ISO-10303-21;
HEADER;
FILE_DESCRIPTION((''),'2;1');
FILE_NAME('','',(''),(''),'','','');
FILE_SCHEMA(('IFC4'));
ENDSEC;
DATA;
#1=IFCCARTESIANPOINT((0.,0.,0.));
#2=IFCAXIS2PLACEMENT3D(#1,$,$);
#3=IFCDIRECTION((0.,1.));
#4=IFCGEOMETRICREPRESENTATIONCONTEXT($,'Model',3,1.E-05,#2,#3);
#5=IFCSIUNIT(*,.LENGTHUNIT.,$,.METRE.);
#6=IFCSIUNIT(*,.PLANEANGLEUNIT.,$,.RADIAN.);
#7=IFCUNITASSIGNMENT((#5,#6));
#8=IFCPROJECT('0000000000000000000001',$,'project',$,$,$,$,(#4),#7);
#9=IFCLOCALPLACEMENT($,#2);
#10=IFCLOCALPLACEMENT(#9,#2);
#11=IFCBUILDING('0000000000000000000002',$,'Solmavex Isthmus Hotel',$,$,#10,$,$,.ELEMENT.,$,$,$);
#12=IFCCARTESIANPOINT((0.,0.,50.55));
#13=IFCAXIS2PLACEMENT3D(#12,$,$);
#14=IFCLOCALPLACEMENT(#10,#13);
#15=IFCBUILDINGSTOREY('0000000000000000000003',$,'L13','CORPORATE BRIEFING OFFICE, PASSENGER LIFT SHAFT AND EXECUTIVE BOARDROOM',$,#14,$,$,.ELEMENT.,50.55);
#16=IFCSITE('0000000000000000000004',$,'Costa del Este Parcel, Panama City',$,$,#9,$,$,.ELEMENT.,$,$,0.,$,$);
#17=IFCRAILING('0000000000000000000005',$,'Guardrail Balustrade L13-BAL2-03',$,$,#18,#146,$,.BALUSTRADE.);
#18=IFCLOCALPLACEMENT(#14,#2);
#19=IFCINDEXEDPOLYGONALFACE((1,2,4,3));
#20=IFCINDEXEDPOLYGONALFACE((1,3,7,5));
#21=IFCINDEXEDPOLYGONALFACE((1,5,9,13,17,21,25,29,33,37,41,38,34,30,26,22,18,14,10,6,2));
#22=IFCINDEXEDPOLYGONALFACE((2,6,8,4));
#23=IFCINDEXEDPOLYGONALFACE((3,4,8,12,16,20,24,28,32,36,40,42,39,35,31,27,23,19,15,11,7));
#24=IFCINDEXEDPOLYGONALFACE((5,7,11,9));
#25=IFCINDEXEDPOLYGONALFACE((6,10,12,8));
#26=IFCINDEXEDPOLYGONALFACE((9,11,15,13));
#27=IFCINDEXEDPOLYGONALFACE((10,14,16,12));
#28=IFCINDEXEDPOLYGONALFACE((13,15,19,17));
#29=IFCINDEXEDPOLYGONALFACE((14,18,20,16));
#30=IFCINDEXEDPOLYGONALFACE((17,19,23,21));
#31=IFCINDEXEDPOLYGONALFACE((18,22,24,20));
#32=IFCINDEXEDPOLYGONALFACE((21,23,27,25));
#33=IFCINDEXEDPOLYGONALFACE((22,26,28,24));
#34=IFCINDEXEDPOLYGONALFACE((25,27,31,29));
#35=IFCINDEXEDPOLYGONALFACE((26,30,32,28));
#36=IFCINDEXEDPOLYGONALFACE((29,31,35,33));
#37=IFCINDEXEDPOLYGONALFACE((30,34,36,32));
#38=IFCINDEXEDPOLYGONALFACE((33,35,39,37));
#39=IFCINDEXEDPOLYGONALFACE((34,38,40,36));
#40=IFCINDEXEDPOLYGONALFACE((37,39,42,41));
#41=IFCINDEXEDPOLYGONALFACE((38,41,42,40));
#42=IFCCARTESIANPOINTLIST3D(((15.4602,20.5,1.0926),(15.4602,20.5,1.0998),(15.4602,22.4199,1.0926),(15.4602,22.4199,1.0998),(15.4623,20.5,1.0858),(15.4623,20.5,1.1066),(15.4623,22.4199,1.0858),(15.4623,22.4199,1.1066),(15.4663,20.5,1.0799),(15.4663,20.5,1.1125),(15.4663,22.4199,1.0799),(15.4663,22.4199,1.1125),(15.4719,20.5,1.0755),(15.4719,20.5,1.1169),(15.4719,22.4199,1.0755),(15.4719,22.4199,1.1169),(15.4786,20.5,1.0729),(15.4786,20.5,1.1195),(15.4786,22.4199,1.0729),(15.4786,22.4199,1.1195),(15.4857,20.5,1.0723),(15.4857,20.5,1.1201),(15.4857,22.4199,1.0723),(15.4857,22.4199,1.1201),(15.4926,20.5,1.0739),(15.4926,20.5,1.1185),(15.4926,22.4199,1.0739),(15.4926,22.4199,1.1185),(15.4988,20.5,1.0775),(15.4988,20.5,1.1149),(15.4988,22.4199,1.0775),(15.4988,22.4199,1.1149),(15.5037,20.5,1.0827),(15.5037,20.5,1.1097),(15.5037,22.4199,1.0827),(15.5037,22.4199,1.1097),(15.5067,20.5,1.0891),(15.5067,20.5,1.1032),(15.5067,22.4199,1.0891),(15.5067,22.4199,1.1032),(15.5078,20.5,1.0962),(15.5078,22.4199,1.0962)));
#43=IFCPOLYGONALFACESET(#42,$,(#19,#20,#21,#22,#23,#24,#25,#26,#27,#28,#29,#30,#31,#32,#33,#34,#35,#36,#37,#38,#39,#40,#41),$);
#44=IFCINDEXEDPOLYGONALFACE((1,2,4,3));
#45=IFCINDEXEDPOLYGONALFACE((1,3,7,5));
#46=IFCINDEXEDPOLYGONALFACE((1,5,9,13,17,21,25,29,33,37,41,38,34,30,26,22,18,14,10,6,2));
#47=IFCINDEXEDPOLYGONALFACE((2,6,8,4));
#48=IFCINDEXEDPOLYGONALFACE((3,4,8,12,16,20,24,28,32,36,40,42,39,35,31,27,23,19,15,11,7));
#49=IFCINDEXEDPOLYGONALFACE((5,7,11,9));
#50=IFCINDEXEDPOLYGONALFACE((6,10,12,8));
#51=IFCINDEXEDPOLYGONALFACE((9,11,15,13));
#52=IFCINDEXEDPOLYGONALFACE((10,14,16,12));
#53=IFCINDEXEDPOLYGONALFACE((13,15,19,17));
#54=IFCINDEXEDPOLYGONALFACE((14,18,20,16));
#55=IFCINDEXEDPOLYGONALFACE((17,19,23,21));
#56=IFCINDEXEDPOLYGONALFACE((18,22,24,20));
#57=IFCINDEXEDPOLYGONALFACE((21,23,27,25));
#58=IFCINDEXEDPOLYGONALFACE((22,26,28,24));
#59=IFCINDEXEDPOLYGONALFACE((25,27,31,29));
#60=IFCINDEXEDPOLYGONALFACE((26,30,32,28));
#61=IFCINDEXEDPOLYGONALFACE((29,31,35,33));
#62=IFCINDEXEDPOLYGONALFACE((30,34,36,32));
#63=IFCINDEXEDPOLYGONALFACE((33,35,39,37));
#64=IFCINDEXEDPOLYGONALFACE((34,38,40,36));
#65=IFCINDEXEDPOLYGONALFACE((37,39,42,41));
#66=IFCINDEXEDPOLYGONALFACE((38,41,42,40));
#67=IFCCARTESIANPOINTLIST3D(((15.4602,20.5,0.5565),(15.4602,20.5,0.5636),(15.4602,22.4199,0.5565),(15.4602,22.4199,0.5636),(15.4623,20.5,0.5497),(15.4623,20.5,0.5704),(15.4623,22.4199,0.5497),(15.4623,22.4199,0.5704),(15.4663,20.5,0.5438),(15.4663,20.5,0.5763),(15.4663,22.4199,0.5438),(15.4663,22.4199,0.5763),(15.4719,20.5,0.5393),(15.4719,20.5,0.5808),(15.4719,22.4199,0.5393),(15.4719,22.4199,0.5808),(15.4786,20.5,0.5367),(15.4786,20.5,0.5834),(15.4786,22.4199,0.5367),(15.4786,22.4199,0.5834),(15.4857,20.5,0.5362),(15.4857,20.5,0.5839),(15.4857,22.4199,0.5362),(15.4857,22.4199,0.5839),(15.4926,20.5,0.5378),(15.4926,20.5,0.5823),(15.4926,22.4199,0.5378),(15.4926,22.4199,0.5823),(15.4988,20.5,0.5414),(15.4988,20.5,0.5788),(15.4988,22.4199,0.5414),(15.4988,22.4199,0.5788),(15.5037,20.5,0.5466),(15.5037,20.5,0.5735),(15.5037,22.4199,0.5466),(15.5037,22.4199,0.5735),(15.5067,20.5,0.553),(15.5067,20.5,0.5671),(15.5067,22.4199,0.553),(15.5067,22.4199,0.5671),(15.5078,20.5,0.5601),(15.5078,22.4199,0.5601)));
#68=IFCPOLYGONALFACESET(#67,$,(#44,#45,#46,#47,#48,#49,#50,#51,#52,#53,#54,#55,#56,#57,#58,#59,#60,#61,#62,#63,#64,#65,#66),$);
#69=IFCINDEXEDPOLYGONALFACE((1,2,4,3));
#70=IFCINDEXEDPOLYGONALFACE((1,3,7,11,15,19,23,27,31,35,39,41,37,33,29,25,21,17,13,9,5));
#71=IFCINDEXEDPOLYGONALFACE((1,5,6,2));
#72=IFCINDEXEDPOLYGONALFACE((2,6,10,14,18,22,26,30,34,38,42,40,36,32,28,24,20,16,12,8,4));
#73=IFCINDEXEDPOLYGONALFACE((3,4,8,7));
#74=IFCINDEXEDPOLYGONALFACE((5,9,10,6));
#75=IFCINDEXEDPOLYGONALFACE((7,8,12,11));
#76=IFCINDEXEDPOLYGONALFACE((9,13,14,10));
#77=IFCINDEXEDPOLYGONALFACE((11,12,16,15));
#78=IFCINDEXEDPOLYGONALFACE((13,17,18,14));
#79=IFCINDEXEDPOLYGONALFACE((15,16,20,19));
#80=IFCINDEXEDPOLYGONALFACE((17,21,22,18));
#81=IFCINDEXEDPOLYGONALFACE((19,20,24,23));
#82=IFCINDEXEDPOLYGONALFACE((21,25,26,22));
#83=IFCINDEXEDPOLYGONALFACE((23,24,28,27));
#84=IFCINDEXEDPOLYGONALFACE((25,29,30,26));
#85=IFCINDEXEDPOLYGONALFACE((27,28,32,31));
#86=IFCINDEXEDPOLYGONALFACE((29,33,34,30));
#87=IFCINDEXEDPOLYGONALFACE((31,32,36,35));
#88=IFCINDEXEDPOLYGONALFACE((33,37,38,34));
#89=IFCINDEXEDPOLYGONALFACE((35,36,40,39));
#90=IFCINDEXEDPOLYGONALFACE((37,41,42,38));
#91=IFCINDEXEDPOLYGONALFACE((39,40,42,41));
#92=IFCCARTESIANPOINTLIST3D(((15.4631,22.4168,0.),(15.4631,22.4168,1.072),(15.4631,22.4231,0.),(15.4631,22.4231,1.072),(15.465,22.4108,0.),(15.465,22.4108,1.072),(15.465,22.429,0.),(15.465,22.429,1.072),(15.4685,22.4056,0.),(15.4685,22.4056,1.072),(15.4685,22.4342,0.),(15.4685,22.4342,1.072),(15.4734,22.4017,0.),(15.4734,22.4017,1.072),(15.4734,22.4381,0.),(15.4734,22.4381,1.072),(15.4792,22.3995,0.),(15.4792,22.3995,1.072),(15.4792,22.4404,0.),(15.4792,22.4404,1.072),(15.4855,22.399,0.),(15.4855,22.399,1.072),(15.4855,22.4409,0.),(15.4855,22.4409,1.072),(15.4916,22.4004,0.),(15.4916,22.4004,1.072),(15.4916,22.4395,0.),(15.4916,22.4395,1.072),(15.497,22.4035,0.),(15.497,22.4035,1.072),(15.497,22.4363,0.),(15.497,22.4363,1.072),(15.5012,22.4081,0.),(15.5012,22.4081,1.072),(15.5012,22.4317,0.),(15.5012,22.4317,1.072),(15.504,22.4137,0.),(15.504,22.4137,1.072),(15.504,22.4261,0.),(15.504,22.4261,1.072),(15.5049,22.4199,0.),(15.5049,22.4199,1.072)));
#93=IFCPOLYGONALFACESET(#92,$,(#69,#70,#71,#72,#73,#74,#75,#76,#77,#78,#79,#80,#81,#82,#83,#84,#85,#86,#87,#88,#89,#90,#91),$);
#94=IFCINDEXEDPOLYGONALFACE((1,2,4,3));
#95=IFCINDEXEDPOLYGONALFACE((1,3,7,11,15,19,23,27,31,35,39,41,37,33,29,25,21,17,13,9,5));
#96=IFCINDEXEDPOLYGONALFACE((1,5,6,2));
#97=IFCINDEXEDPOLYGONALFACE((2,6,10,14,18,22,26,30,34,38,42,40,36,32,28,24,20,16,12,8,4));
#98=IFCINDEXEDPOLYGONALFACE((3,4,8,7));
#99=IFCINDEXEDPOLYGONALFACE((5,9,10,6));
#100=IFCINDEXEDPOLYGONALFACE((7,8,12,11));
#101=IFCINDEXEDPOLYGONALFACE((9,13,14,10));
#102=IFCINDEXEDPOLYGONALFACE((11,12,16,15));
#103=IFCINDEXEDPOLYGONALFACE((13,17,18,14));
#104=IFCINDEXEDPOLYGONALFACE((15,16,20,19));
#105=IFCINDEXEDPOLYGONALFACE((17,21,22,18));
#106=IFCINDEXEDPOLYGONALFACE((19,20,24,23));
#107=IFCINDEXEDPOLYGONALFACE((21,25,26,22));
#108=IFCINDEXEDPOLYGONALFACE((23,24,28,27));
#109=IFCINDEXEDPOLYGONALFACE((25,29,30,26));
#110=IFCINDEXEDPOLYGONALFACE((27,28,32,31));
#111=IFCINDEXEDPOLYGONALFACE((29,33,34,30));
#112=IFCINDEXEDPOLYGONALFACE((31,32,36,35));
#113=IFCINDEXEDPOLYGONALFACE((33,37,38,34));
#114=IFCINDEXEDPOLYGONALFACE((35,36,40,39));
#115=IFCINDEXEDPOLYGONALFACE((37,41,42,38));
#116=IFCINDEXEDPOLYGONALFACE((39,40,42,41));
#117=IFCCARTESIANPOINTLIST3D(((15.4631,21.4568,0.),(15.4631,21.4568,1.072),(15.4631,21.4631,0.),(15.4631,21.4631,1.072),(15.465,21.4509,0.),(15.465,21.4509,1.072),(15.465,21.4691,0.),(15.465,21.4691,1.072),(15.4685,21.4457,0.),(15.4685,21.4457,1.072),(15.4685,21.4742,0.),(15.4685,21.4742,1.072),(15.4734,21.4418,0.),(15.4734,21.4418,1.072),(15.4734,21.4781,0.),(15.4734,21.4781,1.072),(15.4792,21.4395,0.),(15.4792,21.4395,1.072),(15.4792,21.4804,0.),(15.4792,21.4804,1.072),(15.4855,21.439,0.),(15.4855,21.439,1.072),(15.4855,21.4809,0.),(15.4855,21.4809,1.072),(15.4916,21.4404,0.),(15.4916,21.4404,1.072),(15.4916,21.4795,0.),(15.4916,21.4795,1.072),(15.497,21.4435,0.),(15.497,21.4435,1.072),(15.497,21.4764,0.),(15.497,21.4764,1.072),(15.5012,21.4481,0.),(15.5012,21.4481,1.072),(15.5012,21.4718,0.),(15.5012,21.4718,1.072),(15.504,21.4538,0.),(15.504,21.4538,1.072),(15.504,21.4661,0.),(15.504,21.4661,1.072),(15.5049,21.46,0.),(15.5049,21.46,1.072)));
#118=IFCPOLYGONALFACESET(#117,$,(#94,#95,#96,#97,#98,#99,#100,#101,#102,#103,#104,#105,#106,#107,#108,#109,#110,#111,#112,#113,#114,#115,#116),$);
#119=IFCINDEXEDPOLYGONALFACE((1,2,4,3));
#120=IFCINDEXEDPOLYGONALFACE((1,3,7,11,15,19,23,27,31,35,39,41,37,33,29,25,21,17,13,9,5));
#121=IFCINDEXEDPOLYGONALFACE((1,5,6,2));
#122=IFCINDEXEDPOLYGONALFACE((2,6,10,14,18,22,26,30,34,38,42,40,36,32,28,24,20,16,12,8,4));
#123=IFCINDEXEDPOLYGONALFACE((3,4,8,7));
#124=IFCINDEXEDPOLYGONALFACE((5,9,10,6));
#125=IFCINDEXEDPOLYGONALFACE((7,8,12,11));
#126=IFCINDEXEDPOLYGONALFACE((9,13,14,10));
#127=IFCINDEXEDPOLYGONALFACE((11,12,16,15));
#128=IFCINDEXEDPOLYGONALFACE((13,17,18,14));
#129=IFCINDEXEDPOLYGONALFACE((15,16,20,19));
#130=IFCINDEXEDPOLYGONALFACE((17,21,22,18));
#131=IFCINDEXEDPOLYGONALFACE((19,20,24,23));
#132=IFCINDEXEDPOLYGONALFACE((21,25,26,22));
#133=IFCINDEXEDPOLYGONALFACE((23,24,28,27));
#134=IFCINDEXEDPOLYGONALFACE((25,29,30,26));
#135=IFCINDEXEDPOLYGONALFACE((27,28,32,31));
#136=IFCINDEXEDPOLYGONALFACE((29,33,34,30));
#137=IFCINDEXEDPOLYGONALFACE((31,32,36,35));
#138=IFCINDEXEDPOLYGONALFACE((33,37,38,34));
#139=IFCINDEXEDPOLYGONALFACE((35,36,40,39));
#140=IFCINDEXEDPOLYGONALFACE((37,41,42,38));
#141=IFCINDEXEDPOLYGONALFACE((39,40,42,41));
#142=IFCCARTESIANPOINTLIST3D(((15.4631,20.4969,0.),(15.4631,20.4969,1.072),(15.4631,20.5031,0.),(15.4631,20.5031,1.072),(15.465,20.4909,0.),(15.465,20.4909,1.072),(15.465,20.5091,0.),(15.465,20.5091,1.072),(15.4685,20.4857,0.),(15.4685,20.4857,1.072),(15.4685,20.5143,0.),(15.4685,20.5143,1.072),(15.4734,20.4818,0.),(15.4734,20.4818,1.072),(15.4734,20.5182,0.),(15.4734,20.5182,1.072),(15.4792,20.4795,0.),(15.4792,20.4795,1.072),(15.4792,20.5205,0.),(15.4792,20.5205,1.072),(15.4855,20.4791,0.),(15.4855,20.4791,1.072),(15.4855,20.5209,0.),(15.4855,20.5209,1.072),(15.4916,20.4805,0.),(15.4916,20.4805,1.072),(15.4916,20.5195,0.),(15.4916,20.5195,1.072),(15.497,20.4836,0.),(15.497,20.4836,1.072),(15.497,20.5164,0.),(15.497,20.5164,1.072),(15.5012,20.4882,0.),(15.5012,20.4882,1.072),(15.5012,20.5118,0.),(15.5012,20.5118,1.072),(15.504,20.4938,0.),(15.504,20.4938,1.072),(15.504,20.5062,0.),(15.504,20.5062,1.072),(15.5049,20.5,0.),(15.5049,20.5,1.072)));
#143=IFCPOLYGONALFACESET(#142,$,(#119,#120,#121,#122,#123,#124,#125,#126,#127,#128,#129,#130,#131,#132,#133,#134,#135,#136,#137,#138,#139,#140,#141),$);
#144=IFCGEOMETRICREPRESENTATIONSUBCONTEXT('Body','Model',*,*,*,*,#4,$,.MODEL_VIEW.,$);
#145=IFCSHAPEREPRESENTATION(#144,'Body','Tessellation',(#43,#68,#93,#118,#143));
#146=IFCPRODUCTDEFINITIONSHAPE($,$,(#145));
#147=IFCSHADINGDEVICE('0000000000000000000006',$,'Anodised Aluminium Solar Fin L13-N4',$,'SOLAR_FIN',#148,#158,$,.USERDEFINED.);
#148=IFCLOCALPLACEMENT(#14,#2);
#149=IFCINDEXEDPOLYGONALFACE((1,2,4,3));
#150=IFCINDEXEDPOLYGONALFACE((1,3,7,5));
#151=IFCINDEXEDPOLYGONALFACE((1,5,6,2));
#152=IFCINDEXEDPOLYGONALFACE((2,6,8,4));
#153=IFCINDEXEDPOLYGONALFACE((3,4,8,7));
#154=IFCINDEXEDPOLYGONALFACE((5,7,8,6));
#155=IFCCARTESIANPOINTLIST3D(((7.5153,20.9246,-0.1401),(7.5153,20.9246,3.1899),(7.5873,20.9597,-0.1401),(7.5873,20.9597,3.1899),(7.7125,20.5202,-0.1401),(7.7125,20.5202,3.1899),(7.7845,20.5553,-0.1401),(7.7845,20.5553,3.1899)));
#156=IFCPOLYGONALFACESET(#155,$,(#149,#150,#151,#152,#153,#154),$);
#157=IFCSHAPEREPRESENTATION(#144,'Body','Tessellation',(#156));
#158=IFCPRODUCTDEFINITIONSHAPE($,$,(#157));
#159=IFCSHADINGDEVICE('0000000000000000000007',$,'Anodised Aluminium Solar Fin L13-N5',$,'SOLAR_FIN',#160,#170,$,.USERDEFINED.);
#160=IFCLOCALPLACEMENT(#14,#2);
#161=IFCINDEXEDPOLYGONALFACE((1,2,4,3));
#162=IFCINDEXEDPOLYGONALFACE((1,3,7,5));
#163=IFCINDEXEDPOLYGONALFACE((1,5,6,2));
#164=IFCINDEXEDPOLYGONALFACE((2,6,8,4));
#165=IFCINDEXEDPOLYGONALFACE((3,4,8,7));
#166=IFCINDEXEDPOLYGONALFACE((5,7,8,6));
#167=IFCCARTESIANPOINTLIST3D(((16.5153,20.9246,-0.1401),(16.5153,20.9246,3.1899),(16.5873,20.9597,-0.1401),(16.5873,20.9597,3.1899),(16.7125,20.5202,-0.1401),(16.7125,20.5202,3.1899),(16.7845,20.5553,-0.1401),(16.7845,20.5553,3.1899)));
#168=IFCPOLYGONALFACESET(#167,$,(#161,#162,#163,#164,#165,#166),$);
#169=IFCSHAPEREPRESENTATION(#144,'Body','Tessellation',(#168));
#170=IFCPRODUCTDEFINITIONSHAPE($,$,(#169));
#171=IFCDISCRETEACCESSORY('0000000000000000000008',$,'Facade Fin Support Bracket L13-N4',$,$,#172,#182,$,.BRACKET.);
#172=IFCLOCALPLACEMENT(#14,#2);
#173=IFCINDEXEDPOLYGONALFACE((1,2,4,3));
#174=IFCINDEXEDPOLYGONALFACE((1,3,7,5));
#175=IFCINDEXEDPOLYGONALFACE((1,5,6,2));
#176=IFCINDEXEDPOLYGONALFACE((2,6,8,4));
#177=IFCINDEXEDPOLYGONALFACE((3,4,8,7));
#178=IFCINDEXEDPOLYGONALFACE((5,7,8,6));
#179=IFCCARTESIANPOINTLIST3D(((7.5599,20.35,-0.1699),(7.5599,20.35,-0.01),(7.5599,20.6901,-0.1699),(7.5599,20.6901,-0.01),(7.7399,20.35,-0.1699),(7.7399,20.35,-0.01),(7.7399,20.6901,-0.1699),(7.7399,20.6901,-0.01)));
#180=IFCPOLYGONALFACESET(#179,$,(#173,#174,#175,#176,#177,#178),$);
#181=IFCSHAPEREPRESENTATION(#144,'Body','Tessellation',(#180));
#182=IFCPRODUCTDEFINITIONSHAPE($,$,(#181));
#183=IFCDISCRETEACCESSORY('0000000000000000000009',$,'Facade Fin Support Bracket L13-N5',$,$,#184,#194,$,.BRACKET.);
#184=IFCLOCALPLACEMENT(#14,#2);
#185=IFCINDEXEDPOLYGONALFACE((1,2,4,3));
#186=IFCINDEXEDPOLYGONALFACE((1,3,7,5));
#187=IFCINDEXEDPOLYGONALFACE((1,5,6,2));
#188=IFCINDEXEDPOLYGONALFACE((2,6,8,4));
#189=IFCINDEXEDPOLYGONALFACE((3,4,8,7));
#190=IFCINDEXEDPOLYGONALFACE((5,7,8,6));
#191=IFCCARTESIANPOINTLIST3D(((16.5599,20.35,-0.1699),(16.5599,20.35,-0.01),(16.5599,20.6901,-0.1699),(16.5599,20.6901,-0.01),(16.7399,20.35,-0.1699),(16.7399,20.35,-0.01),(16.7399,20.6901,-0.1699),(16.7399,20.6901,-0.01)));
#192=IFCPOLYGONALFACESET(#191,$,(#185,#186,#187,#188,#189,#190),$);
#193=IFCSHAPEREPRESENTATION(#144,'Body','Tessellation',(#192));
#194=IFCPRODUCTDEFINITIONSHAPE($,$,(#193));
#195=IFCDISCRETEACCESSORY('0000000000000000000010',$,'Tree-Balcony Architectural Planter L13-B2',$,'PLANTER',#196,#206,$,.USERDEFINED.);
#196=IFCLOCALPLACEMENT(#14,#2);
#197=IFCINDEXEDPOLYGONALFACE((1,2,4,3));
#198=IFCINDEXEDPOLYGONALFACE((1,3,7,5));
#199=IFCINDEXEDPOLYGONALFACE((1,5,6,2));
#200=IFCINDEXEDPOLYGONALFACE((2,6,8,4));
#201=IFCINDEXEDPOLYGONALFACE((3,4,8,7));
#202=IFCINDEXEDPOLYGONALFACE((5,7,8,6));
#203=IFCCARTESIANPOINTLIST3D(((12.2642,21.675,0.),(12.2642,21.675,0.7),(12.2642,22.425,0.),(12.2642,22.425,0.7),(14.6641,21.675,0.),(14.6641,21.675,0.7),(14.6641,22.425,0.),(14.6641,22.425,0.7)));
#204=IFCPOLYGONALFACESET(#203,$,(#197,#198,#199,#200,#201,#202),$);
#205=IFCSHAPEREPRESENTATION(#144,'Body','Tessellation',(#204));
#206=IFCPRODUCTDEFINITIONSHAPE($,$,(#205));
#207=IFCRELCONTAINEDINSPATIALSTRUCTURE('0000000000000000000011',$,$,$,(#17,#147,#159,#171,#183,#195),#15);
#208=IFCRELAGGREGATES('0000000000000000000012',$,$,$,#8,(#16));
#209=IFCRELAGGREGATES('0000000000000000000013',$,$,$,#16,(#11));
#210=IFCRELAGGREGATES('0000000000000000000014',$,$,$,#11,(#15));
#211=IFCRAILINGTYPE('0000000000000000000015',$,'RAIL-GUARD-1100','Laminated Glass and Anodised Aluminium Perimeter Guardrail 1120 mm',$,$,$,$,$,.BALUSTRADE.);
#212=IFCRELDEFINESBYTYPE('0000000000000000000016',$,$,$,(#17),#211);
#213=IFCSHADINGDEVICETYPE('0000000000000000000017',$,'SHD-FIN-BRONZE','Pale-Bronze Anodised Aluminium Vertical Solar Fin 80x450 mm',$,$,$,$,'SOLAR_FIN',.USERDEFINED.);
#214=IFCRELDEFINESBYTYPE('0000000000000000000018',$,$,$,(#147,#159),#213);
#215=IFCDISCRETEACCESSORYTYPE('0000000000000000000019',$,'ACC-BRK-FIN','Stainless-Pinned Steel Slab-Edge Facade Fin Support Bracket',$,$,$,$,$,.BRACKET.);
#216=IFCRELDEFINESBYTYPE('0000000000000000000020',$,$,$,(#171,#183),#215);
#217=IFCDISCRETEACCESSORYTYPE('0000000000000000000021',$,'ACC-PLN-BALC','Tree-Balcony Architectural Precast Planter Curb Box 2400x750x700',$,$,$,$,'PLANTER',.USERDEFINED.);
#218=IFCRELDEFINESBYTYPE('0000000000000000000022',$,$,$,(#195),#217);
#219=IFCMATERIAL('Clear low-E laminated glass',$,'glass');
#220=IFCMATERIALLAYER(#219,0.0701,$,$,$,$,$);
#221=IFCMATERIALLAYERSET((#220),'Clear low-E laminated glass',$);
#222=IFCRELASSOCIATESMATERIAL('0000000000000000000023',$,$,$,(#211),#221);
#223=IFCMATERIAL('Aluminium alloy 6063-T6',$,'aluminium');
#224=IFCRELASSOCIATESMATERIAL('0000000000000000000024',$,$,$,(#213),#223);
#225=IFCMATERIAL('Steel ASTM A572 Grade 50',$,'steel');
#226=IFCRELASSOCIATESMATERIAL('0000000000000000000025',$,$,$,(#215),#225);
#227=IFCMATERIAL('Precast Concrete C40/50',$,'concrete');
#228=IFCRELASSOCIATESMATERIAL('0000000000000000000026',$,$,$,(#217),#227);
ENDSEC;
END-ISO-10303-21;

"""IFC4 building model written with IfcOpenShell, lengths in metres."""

from ifc_helpers import new_model, si_unit, direction, frame, origin, origin_2d, place, context, subcontext, project, spatial, rectangle, circle, extrude, material, layer, layer_set, type_object, element, save


model = new_model("IFC4")

# Units and contexts
model_context = context("Model", 3, precision=1e-05, world=origin(), true_north=direction((0.0, 1.0)))
body_context = subcontext(model_context, "Body", "Model", "MODEL_VIEW")
ifc_project = project(units=[si_unit("LENGTHUNIT", "METRE"), si_unit("PLANEANGLEUNIT", "RADIAN")], contexts=[model_context])

# Site, building, storey
site_placement = place(None, origin())
site = spatial("IfcSite", under=ifc_project, at=site_placement, Name="Costa del Este Parcel, Panama City", CompositionType="ELEMENT", RefElevation=0.0)
building_placement = place(site_placement, origin())
building = spatial("IfcBuilding", under=site, at=building_placement, Name="Solmavex Isthmus Hotel", CompositionType="ELEMENT")
storey_placement = place(building_placement, frame((0.0, 0.0, 50.55)))
storey = spatial("IfcBuildingStorey", under=building, at=storey_placement, Name="L13", Description="CORPORATE BRIEFING OFFICE, PASSENGER LIFT SHAFT AND EXECUTIVE BOARDROOM", CompositionType="ELEMENT", Elevation=50.55)

# Shared definitions
ifc_material_1 = material(Name="Aluminium alloy 6063-T6", Category="aluminium")

# Shared definitions
ifc_material_2 = material(Name="Clear low-E laminated glass", Category="glass")

# Shared definitions
ifc_material_3 = material(Name="Precast Concrete C40/50", Category="concrete")

# Railing
ifc_layer_1 = layer(ifc_material_2, 0.0701)
ifc_layer_set_1 = layer_set([ifc_layer_1], Name="Clear low-E laminated glass")
railing_type = type_object("IfcRailingType", Name="RAIL-GUARD-1100", Description="Laminated Glass and Anodised Aluminium Perimeter Guardrail 1120 mm", PredefinedType="BALUSTRADE", material=ifc_layer_set_1)
railing_1_placement = place(storey_placement, frame((15.4839, 22.4199, 0.0)))
element("IfcRailing", 1, at=railing_1_placement, inside=storey, type_object=railing_type, Name="Guardrail Balustrade L13-BAL2-03", PredefinedType="BALUSTRADE", context=body_context, shape_type="SweptSolid", body=[
    extrude(circle(Radius=0.0239, at=origin_2d()), frame((0.0, 0.0, 1.0962), z_axis=(0.0, -1.0, 0.0), x_axis=(1.0, 0.0, 0.0)), (0.0, 0.0, 1.0), 1.9199),
    extrude(circle(Radius=0.0239, at=origin_2d()), frame((0.0, 0.0, 0.5601), z_axis=(0.0, -1.0, 0.0), x_axis=(1.0, 0.0, 0.0)), (0.0, 0.0, 1.0), 1.9199),
    extrude(circle(Radius=0.021, at=origin_2d()), origin(), (0.0, 0.0, 1.0), 1.072),
    extrude(circle(Radius=0.021, at=origin_2d()), frame((0.0, -0.96, 0.0)), (0.0, 0.0, 1.0), 1.072),
    extrude(circle(Radius=0.021, at=origin_2d()), frame((0.0, -1.9199, 0.0)), (0.0, 0.0, 1.0), 1.072),
])

# Shading devices
shading_device_type = type_object("IfcShadingDeviceType", Name="SHD-FIN-BRONZE", Description="Pale-Bronze Anodised Aluminium Vertical Solar Fin 80x450 mm", ElementType="SOLAR_FIN", PredefinedType="USERDEFINED", material=ifc_material_1)
for number, where, z_axis, x_axis, name in (
    (2, (7.6499, 20.74, -0.1401), (0.0, 0.0, 1.0), (-0.438371, 0.898794, 0.0), "Anodised Aluminium Solar Fin L13-N4"),
    (3, (16.6499, 20.74, -0.1401), (0.0, 0.0, 1.0), (-0.438371, 0.898794, 0.0), "Anodised Aluminium Solar Fin L13-N5"),
):
    element("IfcShadingDevice", number, at=place(storey_placement, frame(where, z_axis=z_axis, x_axis=x_axis)), inside=storey, type_object=shading_device_type, Name=name, ObjectType="SOLAR_FIN", PredefinedType="USERDEFINED", context=body_context, shape_type="SweptSolid", body=[
        extrude(rectangle(XDim=0.45, YDim=0.0801, at=origin_2d()), origin(), (0.0, 0.0, 1.0), 3.3301),
    ])

# Discrete accessories
ifc_material_4 = material(Name="Steel ASTM A572 Grade 50", Category="steel")
discrete_accessory_type_1 = type_object("IfcDiscreteAccessoryType", Name="ACC-BRK-FIN", Description="Stainless-Pinned Steel Slab-Edge Facade Fin Support Bracket", PredefinedType="BRACKET", material=ifc_material_4)
for number, where, z_axis, x_axis, name in (
    (4, (7.6499, 20.52, -0.1699), (0.0, 0.0, 1.0), (0.0, 1.0, 0.0), "Facade Fin Support Bracket L13-N4"),
    (5, (16.6499, 20.52, -0.1699), (0.0, 0.0, 1.0), (0.0, 1.0, 0.0), "Facade Fin Support Bracket L13-N5"),
):
    element("IfcDiscreteAccessory", number, at=place(storey_placement, frame(where, z_axis=z_axis, x_axis=x_axis)), inside=storey, type_object=discrete_accessory_type_1, Name=name, PredefinedType="BRACKET", context=body_context, shape_type="SweptSolid", body=[
        extrude(rectangle(XDim=0.3401, YDim=0.1799, at=origin_2d()), origin(), (0.0, 0.0, 1.0), 0.1599),
    ])
discrete_accessory_type_2 = type_object("IfcDiscreteAccessoryType", Name="ACC-PLN-BALC", Description="Tree-Balcony Architectural Precast Planter Curb Box 2400x750x700", ElementType="PLANTER", PredefinedType="USERDEFINED", material=ifc_material_3)
discrete_accessory_placement = place(storey_placement, frame((13.4641, 22.05, 0.0), z_axis=(0.0, 0.0, 1.0), x_axis=(1.0, 0.0, 0.0)))
element("IfcDiscreteAccessory", 6, at=discrete_accessory_placement, inside=storey, type_object=discrete_accessory_type_2, Name="Tree-Balcony Architectural Planter L13-B2", ObjectType="PLANTER", PredefinedType="USERDEFINED", context=body_context, shape_type="SweptSolid", body=[
    extrude(rectangle(XDim=2.3999, YDim=0.75, at=origin_2d()), origin(), (0.0, 0.0, 1.0), 0.7),
])

save(model, "model.ifc")
